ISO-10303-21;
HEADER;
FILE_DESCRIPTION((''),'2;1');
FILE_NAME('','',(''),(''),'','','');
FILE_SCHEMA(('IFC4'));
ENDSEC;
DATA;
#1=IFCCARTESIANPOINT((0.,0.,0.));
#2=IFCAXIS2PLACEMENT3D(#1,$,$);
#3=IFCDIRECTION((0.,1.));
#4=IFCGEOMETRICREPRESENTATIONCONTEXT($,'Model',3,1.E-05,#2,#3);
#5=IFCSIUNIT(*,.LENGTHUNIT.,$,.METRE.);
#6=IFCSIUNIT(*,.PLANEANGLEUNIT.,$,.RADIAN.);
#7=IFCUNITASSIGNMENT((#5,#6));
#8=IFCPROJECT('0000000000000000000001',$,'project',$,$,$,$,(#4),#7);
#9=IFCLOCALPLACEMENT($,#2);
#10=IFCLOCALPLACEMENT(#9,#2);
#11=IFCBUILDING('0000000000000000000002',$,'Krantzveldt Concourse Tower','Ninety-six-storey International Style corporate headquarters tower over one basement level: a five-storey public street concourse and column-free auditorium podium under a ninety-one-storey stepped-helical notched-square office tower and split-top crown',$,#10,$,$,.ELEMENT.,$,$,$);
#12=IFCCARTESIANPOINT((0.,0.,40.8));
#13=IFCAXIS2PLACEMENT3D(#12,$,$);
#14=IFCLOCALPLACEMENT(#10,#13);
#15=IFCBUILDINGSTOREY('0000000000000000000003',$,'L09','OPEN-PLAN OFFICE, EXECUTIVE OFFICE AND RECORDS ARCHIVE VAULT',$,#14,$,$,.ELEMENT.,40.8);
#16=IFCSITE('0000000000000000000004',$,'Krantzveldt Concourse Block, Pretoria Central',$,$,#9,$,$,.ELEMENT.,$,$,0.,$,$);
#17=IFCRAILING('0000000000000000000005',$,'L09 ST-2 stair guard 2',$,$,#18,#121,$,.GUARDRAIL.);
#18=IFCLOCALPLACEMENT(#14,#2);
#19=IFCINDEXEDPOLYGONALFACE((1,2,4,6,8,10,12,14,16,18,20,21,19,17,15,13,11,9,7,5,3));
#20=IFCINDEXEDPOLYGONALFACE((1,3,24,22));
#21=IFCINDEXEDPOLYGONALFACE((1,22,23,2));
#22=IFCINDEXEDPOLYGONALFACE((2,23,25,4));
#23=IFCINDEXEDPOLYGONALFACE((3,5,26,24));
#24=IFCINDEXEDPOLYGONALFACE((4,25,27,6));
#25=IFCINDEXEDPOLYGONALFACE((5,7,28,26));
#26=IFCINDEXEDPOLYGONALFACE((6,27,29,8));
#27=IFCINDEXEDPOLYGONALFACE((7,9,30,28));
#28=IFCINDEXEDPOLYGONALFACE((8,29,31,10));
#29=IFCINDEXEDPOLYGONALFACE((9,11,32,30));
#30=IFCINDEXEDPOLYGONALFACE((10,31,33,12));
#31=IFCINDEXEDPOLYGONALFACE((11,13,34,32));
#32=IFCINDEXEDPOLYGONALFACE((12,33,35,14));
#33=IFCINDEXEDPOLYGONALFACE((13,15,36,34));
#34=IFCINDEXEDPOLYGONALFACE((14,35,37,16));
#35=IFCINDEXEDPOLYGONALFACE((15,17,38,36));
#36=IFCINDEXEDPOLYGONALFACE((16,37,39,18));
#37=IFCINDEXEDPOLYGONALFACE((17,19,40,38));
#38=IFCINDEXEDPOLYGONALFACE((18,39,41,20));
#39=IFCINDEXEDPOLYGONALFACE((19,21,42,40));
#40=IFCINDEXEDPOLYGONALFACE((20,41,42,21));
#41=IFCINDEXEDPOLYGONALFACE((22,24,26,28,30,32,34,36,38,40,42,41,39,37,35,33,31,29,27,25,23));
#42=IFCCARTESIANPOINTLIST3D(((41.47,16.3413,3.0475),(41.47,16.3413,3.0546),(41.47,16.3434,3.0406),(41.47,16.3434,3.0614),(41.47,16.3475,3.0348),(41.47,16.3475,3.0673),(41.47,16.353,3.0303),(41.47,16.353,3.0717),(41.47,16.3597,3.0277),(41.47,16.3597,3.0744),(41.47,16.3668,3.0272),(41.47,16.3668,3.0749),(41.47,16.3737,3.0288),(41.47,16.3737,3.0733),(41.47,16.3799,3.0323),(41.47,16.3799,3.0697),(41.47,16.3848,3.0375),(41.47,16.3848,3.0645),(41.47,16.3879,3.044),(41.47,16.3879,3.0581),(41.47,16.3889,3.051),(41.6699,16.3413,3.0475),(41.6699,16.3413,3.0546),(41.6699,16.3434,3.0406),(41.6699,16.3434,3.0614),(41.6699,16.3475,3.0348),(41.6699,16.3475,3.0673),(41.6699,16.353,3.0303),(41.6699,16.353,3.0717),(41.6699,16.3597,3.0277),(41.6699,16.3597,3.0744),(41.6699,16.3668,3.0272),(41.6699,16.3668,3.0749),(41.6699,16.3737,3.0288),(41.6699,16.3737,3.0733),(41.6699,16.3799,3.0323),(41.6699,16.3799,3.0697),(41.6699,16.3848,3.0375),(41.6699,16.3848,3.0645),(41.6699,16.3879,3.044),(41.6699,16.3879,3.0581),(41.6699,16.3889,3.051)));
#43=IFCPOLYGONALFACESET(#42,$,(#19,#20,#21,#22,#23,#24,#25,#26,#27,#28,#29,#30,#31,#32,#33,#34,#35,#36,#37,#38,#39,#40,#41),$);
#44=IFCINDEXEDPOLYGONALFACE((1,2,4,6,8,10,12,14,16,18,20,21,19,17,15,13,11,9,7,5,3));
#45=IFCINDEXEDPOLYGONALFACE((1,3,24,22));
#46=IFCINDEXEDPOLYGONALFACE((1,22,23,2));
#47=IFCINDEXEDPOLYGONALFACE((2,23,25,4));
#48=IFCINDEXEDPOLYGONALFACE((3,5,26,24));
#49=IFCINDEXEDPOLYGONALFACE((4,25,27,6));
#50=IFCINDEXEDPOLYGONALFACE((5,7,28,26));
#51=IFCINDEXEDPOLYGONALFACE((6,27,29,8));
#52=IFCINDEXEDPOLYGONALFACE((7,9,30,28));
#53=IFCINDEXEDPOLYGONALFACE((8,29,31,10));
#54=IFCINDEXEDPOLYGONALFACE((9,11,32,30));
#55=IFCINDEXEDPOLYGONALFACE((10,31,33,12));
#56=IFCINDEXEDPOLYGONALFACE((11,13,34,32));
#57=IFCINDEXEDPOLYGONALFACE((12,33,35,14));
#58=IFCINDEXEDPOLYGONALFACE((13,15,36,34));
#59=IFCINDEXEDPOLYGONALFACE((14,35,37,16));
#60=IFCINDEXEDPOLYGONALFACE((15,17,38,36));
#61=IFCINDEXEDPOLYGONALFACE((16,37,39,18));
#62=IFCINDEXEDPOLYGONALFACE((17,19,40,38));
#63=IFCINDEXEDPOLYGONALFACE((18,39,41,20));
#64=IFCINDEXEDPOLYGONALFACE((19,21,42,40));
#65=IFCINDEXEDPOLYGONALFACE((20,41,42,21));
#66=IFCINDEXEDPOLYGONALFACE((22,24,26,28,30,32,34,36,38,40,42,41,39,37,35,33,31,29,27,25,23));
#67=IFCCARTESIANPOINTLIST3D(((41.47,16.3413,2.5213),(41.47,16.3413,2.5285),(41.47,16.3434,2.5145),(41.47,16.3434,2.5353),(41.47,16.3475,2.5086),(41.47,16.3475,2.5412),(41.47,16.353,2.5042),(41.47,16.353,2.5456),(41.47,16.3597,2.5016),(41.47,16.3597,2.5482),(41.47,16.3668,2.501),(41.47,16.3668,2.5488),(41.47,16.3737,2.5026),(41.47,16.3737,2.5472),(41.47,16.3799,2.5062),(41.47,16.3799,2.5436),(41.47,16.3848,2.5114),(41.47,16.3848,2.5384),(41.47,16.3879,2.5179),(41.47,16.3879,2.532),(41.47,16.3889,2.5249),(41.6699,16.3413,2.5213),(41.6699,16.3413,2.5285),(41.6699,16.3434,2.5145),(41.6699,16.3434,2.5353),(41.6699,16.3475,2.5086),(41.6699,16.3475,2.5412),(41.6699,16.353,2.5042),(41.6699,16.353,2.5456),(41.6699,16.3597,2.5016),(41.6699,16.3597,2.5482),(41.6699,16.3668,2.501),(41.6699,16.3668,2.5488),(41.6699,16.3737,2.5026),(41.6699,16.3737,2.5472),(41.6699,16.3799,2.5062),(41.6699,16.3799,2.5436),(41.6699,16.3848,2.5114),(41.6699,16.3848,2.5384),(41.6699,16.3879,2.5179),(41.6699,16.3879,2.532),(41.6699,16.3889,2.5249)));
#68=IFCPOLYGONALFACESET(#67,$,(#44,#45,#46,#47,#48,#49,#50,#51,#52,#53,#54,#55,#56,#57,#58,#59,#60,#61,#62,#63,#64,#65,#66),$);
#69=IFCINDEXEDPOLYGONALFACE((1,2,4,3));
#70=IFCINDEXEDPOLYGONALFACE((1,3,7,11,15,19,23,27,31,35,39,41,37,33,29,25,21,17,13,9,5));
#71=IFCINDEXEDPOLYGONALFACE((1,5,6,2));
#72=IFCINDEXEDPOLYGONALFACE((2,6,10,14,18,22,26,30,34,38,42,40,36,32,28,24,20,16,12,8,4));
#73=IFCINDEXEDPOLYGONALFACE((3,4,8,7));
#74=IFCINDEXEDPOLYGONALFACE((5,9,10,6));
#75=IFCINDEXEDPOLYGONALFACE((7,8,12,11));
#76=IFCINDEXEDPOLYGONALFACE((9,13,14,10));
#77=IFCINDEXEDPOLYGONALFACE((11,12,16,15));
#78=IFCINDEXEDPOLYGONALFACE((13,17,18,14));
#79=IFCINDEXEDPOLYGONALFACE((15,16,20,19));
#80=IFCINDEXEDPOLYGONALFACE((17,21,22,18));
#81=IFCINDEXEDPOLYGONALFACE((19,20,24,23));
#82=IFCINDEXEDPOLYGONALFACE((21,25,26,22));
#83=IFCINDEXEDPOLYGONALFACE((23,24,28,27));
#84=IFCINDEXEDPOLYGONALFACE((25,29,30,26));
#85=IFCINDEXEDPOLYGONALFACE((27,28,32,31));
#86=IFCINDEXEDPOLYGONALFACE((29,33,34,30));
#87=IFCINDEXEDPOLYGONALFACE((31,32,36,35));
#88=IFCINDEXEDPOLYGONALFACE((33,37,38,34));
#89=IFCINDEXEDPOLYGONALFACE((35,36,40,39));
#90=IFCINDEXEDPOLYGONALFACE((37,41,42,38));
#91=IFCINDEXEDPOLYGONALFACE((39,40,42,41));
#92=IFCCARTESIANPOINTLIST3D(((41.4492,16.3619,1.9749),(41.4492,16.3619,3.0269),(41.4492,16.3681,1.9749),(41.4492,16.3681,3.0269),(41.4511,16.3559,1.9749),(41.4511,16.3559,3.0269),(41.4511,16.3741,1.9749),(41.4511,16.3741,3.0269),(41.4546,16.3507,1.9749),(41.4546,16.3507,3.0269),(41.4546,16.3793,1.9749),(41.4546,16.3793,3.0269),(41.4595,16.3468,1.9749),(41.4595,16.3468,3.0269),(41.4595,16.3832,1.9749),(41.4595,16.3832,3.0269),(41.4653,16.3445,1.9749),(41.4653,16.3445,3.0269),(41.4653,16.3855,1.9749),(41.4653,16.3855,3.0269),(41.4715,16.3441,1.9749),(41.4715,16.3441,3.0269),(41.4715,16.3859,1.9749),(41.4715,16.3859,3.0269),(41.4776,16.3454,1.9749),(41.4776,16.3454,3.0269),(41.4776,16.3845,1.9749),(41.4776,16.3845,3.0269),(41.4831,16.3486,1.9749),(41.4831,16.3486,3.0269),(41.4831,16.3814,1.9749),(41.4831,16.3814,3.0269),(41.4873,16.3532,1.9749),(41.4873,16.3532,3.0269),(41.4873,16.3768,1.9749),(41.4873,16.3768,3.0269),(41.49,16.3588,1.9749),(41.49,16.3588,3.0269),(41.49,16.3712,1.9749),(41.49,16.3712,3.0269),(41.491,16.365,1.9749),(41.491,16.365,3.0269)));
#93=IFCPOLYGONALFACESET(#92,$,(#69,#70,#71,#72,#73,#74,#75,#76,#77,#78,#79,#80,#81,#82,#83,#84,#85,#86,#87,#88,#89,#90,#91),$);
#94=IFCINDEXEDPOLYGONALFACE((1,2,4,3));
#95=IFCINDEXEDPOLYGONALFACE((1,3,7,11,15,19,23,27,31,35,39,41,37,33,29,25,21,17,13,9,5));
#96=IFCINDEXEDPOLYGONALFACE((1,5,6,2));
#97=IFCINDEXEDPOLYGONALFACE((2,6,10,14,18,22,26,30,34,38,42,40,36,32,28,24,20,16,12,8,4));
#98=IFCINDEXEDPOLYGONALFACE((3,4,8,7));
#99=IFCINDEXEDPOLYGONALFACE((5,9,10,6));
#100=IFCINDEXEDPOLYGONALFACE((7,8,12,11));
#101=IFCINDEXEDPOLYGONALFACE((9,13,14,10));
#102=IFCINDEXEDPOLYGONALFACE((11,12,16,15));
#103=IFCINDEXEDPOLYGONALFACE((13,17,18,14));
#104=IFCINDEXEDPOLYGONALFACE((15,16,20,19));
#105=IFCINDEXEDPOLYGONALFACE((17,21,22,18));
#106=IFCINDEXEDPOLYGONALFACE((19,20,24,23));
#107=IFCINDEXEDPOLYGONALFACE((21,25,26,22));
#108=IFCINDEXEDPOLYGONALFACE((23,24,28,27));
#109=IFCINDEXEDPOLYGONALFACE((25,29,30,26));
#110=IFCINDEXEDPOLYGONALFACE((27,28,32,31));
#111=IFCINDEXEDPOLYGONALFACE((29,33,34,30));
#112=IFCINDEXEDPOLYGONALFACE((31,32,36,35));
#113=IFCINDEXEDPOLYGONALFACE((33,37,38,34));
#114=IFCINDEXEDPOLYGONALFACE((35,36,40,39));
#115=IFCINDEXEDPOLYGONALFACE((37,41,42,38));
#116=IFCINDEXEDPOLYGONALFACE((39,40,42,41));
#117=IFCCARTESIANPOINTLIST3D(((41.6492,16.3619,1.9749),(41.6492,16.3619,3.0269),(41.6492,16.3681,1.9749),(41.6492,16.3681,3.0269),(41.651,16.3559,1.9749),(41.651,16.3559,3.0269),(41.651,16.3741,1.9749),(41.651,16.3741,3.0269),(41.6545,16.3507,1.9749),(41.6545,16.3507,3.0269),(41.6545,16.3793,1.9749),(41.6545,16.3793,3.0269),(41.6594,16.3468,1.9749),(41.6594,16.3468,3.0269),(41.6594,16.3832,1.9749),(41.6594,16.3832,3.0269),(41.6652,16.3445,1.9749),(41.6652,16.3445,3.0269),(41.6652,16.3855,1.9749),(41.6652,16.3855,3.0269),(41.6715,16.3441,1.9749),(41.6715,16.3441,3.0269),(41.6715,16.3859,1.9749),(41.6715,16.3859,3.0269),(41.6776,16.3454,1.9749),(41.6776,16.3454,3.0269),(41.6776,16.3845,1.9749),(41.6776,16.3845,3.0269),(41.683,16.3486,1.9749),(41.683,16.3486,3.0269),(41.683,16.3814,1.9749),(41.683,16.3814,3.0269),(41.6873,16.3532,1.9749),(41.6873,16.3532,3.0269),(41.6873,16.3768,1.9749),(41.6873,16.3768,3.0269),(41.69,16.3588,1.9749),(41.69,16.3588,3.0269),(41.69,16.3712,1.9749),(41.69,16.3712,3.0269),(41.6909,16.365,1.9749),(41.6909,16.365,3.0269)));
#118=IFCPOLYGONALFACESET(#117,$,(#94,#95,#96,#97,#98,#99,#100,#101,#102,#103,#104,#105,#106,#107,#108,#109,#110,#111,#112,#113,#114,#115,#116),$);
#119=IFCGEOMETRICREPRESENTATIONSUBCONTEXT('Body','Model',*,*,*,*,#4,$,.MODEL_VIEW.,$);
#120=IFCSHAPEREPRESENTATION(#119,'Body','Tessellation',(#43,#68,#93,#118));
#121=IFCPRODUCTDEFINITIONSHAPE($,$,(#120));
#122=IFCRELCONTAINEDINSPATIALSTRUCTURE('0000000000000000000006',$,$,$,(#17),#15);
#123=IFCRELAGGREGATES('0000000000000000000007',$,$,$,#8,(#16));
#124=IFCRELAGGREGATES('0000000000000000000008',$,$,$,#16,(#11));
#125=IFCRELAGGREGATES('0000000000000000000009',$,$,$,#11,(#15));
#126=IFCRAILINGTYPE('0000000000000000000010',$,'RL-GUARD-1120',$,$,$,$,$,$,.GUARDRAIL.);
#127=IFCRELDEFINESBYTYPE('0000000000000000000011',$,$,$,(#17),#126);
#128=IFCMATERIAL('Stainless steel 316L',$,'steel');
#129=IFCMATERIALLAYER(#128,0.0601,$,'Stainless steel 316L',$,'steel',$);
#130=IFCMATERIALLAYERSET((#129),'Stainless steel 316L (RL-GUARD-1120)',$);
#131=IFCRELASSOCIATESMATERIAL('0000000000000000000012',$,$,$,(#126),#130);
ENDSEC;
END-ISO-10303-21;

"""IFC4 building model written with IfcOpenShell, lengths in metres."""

from ifc_helpers import new_model, si_unit, direction, frame, origin, origin_2d, place, context, subcontext, project, spatial, circle, extrude, material, layer, layer_set, type_object, element, save


model = new_model("IFC4")

# Units and contexts
model_context = context("Model", 3, precision=1e-05, world=origin(), true_north=direction((0.0, 1.0)))
body_context = subcontext(model_context, "Body", "Model", "MODEL_VIEW")
ifc_project = project(units=[si_unit("LENGTHUNIT", "METRE"), si_unit("PLANEANGLEUNIT", "RADIAN")], contexts=[model_context])

# Site, building, storey
site_placement = place(None, origin())
site = spatial("IfcSite", under=ifc_project, at=site_placement, Name="Krantzveldt Concourse Block, Pretoria Central", CompositionType="ELEMENT", RefElevation=0.0)
building_placement = place(site_placement, origin())
building = spatial("IfcBuilding", under=site, at=building_placement, Name="Krantzveldt Concourse Tower", Description="Ninety-six-storey International Style corporate headquarters tower over one basement level: a five-storey public street concourse and column-free auditorium podium under a ninety-one-storey stepped-helical notched-square office tower and split-top crown", CompositionType="ELEMENT")
storey_placement = place(building_placement, frame((0.0, 0.0, 40.8)))
storey = spatial("IfcBuildingStorey", under=building, at=storey_placement, Name="L09", Description="OPEN-PLAN OFFICE, EXECUTIVE OFFICE AND RECORDS ARCHIVE VAULT", CompositionType="ELEMENT", Elevation=40.8)

# Shared definitions
ifc_material_1 = material(Name="Stainless steel 316L", Category="steel")

# Railing
ifc_layer_1 = layer(ifc_material_1, 0.0601, Name="Stainless steel 316L", Category="steel")
ifc_layer_set_1 = layer_set([ifc_layer_1], Name="Stainless steel 316L (RL-GUARD-1120)")
railing_type_1 = type_object("IfcRailingType", Name="RL-GUARD-1120", PredefinedType="GUARDRAIL", material=ifc_layer_set_1)
railing_1_placement = place(storey_placement, frame((41.47, 16.365, 1.9749)))
element("IfcRailing", 1, at=railing_1_placement, inside=storey, type_object=railing_type_1, Name="L09 ST-2 stair guard 2", PredefinedType="GUARDRAIL", context=body_context, shape_type="SweptSolid", body=[
    extrude(circle(Radius=0.0239, at=origin_2d()), frame((0.0, 0.0, 1.0762), z_axis=(1.0, 0.0, 0.0), x_axis=(0.0, 1.0, 0.0)), (0.0, 0.0, 1.0), 0.2),
    extrude(circle(Radius=0.0239, at=origin_2d()), frame((0.0, 0.0, 0.55), z_axis=(1.0, 0.0, 0.0), x_axis=(0.0, 1.0, 0.0)), (0.0, 0.0, 1.0), 0.2),
    extrude(circle(Radius=0.021, at=origin_2d()), origin(), (0.0, 0.0, 1.0), 1.052),
    extrude(circle(Radius=0.021, at=origin_2d()), frame((0.2, 0.0, 0.0)), (0.0, 0.0, 1.0), 1.052),
])

save(model, "model.ifc")
